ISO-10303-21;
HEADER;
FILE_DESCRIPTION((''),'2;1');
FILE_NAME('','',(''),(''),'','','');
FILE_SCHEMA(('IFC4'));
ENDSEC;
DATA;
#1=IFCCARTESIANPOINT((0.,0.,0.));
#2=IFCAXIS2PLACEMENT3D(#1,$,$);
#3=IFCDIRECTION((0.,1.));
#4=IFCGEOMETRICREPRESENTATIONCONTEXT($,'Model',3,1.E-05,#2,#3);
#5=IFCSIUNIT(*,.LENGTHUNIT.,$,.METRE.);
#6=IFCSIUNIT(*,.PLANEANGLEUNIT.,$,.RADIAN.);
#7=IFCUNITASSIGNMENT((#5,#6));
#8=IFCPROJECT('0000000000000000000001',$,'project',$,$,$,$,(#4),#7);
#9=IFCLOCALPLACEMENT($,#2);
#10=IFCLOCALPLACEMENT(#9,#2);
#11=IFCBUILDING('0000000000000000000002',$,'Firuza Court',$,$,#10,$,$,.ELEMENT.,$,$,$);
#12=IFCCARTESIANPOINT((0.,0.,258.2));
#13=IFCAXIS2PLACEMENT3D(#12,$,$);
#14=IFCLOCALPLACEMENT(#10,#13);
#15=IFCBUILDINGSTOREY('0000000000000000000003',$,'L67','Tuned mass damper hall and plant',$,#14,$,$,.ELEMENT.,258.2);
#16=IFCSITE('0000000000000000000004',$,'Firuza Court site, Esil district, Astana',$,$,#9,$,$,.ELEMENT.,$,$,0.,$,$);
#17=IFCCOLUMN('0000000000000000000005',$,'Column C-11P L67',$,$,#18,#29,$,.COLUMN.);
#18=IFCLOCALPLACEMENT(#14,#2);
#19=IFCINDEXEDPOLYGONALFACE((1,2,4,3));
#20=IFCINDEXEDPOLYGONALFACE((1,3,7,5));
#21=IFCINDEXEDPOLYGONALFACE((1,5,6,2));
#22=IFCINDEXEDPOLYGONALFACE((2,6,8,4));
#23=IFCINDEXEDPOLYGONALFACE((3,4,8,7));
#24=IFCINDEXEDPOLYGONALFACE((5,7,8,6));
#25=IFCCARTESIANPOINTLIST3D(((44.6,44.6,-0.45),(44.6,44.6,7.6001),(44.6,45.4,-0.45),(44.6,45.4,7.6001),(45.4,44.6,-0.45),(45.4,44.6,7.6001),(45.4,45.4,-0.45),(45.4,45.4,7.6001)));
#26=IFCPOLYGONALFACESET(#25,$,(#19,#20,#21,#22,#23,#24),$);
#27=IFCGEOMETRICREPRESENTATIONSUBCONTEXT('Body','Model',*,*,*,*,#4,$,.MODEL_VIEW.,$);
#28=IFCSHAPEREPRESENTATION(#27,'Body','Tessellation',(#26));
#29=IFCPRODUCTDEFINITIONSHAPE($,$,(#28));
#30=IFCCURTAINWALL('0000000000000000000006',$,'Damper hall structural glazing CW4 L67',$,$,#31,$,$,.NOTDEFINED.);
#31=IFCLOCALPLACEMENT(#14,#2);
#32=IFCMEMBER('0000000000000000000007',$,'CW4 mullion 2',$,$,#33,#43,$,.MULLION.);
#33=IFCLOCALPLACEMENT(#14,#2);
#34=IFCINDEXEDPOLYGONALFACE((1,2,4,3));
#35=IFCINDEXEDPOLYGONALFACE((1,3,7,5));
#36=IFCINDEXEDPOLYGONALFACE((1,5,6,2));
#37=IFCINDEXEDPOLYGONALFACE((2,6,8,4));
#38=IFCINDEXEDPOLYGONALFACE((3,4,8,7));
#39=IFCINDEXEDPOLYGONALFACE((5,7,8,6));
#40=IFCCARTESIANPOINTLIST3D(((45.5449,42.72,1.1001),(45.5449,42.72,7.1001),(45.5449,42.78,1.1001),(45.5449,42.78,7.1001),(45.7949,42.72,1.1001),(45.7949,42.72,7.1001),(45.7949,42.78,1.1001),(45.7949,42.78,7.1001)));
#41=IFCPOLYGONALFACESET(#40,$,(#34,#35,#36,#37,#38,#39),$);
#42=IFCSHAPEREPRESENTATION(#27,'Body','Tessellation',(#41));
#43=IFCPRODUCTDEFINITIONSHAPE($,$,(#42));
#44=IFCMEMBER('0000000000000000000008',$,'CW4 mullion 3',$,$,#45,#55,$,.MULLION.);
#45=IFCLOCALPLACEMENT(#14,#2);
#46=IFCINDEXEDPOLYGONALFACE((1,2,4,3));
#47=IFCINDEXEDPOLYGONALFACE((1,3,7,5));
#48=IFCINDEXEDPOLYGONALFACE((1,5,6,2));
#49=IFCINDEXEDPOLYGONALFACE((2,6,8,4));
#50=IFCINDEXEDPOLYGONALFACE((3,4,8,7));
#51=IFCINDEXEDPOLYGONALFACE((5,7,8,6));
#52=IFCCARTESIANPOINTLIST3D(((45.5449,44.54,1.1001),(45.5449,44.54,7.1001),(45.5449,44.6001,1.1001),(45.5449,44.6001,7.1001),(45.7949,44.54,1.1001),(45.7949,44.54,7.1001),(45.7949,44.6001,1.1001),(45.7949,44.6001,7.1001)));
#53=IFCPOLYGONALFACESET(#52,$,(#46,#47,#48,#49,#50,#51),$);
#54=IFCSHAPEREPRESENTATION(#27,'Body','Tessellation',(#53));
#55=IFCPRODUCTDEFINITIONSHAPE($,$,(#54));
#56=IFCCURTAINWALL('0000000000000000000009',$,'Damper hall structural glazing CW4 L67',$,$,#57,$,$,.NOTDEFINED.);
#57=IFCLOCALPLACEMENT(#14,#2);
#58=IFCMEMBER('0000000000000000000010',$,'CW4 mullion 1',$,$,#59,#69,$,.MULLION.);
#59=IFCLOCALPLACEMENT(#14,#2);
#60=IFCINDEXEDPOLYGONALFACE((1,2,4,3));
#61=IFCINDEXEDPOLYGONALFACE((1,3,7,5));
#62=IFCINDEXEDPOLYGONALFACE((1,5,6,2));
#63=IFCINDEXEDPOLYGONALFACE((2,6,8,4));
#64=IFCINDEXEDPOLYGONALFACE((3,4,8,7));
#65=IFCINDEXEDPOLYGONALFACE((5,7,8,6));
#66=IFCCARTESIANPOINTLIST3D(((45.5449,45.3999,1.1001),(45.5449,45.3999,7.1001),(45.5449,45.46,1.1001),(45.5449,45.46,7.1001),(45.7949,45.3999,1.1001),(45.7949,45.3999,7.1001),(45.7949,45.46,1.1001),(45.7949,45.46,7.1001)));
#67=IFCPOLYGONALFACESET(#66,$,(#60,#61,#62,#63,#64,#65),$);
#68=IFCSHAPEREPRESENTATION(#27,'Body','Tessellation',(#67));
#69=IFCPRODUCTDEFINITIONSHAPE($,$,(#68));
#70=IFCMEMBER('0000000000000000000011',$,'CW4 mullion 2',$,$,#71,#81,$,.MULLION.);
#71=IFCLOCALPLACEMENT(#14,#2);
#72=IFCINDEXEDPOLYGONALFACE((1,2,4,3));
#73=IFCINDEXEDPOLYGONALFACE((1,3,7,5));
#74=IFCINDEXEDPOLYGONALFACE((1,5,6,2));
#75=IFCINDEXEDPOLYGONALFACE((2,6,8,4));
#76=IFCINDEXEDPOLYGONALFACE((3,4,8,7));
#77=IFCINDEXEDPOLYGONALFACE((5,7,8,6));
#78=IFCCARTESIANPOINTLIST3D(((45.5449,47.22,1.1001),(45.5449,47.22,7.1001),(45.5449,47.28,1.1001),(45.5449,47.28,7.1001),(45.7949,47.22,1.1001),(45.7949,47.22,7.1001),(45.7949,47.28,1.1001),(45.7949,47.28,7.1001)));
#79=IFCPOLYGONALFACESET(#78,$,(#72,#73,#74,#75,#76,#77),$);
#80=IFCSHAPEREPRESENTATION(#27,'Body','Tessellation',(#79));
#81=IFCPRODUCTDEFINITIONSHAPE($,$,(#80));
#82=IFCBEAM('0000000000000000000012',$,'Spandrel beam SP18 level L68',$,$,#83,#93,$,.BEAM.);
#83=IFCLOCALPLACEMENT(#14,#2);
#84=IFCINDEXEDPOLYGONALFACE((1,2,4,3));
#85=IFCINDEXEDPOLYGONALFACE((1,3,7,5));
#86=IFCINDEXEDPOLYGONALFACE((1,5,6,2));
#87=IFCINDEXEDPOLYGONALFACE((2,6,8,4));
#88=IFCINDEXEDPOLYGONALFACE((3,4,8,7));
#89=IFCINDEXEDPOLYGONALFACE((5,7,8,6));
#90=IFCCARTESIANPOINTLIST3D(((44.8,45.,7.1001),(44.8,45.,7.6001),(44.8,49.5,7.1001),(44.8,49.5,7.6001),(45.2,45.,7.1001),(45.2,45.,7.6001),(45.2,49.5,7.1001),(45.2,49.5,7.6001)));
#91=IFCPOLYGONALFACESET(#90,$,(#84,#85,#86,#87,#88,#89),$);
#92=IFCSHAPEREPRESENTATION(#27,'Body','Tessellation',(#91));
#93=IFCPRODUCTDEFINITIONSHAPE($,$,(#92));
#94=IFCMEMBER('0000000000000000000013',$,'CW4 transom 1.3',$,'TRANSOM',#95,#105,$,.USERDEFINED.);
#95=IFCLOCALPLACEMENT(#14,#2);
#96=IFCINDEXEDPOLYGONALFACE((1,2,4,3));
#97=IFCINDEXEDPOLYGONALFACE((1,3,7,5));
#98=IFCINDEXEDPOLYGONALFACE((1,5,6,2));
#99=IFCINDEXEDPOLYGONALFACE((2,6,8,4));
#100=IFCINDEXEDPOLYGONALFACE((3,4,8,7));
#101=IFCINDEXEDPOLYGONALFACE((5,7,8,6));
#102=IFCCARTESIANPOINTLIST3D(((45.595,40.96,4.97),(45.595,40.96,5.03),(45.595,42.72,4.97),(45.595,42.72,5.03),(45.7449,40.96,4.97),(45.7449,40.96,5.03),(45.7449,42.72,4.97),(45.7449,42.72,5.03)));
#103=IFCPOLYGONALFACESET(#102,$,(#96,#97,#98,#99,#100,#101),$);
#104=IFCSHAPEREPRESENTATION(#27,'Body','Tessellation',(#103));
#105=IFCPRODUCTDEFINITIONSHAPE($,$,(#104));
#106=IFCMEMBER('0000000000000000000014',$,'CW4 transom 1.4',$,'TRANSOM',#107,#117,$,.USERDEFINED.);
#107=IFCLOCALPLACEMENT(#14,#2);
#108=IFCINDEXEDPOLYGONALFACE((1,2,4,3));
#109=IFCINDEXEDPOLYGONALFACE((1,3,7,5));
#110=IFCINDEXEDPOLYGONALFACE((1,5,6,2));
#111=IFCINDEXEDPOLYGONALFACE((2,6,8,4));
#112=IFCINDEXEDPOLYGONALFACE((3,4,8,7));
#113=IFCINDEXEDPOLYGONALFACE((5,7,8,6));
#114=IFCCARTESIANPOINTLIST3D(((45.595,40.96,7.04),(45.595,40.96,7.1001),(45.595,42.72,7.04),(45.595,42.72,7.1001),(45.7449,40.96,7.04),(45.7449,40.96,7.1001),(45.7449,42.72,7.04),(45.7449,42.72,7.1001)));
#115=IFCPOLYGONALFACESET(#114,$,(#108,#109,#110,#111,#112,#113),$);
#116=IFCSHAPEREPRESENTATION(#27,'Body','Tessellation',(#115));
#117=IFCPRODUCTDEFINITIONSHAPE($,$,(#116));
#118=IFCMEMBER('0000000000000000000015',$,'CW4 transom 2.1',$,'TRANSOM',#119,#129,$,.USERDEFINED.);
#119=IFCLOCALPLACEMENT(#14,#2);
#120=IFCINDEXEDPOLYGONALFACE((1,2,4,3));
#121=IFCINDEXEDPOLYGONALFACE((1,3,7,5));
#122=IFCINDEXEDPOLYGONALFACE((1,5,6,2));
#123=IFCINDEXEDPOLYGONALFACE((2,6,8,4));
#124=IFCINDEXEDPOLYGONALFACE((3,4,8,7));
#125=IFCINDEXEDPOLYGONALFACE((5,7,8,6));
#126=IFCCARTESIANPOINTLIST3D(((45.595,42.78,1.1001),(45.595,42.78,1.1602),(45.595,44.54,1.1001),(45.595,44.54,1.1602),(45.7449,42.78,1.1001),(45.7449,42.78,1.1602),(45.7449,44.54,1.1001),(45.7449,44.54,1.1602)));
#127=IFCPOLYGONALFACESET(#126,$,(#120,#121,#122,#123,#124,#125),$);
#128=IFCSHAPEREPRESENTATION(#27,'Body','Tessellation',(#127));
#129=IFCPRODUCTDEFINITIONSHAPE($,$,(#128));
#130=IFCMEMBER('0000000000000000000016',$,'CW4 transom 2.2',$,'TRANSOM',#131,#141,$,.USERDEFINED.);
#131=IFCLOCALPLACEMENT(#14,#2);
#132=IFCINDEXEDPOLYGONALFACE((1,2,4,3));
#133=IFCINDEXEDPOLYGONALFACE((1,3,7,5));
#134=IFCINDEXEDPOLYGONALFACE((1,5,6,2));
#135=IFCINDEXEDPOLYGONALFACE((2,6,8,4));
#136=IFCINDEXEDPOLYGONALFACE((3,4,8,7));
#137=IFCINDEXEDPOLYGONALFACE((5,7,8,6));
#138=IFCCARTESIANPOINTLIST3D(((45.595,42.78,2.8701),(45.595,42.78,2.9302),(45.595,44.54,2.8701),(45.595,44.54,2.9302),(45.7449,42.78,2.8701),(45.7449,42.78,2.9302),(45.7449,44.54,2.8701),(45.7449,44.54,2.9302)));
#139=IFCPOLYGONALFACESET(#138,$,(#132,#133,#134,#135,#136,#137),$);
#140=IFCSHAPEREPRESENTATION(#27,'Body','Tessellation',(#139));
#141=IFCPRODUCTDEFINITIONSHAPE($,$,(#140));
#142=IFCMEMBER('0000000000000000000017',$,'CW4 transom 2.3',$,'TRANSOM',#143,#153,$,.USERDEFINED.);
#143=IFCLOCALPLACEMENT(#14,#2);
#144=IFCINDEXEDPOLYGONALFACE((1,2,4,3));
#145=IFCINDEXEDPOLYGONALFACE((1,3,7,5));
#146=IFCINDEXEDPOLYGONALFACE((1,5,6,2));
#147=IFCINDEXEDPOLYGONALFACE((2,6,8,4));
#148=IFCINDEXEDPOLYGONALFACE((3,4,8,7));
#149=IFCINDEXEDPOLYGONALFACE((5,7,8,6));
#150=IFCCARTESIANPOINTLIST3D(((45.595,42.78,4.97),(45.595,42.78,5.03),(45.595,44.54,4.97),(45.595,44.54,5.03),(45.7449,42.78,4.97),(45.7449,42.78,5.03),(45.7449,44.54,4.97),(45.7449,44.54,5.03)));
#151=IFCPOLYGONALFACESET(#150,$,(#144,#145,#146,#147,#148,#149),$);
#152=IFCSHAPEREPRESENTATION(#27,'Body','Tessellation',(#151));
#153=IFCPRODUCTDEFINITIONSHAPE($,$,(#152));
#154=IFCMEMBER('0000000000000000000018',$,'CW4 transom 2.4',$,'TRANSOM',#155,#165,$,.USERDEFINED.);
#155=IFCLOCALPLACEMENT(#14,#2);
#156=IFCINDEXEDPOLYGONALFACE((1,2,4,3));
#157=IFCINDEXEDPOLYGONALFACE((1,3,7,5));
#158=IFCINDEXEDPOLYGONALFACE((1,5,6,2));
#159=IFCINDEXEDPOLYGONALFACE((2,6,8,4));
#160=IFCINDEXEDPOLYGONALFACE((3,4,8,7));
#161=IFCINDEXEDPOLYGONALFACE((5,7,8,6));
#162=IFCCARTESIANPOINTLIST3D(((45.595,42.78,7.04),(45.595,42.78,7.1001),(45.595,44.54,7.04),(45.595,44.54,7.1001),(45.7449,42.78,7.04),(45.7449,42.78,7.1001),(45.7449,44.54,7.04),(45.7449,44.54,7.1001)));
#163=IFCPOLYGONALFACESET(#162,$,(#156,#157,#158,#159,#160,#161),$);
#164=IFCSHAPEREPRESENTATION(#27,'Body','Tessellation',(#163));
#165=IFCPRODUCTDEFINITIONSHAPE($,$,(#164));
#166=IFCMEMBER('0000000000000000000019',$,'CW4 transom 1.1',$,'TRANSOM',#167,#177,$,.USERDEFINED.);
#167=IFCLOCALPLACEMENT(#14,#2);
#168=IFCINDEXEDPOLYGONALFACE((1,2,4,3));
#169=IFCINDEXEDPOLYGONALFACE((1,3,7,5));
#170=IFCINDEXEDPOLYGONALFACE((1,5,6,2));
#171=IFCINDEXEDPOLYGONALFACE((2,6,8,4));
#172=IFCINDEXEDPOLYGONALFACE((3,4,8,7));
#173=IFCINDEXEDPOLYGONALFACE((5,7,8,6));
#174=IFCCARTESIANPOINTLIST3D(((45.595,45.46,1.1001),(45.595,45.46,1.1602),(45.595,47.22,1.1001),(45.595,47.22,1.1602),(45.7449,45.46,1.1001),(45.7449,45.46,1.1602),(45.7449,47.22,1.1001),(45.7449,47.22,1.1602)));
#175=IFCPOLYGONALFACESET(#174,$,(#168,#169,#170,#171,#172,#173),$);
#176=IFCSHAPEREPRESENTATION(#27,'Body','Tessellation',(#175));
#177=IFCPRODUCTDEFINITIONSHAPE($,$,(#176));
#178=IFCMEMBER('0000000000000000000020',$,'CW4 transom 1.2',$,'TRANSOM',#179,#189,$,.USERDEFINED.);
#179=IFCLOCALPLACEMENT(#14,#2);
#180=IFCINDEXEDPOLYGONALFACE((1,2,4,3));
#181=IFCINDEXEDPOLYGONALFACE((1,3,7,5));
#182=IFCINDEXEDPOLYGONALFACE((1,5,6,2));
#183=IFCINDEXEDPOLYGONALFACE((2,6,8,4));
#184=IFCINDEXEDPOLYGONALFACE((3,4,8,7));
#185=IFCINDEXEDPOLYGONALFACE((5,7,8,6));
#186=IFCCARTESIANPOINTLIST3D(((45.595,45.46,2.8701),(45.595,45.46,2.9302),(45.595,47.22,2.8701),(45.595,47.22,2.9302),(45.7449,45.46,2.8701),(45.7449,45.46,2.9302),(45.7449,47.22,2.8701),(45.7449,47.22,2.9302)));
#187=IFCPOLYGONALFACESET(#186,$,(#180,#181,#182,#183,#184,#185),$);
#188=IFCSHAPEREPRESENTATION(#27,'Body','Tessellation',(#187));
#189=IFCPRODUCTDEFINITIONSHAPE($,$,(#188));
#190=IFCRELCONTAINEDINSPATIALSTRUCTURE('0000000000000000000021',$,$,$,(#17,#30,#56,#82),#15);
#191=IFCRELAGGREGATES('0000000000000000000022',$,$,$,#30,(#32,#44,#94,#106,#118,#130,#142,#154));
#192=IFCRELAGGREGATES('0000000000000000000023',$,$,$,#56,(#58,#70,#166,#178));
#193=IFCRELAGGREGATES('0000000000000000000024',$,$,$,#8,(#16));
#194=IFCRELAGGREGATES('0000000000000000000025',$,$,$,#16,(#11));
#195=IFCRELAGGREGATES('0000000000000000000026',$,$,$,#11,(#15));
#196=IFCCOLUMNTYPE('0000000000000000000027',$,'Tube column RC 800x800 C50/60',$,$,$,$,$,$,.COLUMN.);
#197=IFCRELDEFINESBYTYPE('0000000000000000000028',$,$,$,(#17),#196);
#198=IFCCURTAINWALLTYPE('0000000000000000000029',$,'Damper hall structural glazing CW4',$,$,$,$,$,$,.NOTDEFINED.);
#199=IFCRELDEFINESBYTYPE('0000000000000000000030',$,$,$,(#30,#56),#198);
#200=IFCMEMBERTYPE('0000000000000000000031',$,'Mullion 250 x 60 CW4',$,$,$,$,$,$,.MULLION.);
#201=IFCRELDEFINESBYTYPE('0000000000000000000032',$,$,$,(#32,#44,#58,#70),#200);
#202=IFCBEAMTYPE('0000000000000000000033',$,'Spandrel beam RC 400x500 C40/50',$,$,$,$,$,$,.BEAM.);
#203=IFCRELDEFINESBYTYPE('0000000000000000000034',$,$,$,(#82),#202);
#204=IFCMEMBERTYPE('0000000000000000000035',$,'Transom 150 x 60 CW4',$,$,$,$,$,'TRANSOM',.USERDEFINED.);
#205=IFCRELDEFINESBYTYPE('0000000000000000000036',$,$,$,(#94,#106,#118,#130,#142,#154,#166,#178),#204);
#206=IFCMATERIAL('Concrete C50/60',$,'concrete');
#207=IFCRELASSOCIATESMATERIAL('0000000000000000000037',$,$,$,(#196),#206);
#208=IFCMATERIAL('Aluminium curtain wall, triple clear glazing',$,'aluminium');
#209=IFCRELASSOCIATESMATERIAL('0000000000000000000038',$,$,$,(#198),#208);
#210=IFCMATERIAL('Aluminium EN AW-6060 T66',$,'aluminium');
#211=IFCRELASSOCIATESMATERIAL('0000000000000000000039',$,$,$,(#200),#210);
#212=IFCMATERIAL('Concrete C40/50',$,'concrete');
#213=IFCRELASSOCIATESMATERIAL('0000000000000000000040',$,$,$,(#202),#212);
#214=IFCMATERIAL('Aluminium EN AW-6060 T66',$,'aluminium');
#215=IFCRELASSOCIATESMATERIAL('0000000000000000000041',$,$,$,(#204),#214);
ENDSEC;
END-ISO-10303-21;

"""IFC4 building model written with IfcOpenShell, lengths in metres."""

from ifc_helpers import new_model, si_unit, direction, frame, origin, origin_2d, place, context, subcontext, project, spatial, rectangle, extrude, material, material_profile, profile_set, type_object, element, aggregate, save


model = new_model("IFC4")

# Units and contexts
model_context = context("Model", 3, precision=1e-05, world=origin(), true_north=direction((0.0, 1.0)))
body_context = subcontext(model_context, "Body", "Model", "MODEL_VIEW")
ifc_project = project(units=[si_unit("LENGTHUNIT", "METRE"), si_unit("PLANEANGLEUNIT", "RADIAN")], contexts=[model_context])

# Site, building, storey
site_placement = place(None, origin())
site = spatial("IfcSite", under=ifc_project, at=site_placement, Name="Firuza Court site, Esil district, Astana", CompositionType="ELEMENT", RefElevation=0.0)
building_placement = place(site_placement, origin())
building = spatial("IfcBuilding", under=site, at=building_placement, Name="Firuza Court", CompositionType="ELEMENT")
storey_placement = place(building_placement, frame((0.0, 0.0, 258.2)))
storey = spatial("IfcBuildingStorey", under=building, at=storey_placement, Name="L67", Description="Tuned mass damper hall and plant", CompositionType="ELEMENT", Elevation=258.2)

# Column
ifc_material_1 = material(Name="Concrete C50/60", Category="concrete")
ifc_material_profile_1 = material_profile(ifc_material_1, rectangle(XDim=0.8, YDim=0.8, at=origin_2d()), Name="RC 800x800")
ifc_profile_set_1 = profile_set([ifc_material_profile_1], Name="Concrete C50/60")
column_type = type_object("IfcColumnType", Name="Tube column RC 800x800 C50/60", PredefinedType="COLUMN", material=ifc_profile_set_1)
column_placement = place(storey_placement, frame((45.0, 45.0, -0.45), z_axis=(0.0, 0.0, 1.0), x_axis=(1.0, 0.0, 0.0)))
element("IfcColumn", 1, at=column_placement, inside=storey, type_object=column_type, Name="Column C-11P L67", PredefinedType="COLUMN", context=body_context, shape_type="SweptSolid", body=[
    extrude(rectangle(XDim=0.8, YDim=0.8, at=origin_2d()), origin(), (0.0, 0.0, 1.0), 8.05),
])

# Curtain walls, members
ifc_material_2 = material(Name="Aluminium curtain wall, triple clear glazing", Category="aluminium")
curtain_wall_type = type_object("IfcCurtainWallType", Name="Damper hall structural glazing CW4", PredefinedType="NOTDEFINED", material=ifc_material_2)
curtain_wall_1_placement = place(storey_placement, origin())
curtain_wall_1 = element("IfcCurtainWall", 2, at=curtain_wall_1_placement, inside=storey, type_object=curtain_wall_type, Name="Damper hall structural glazing CW4 L67", PredefinedType="NOTDEFINED")
ifc_material_3 = material(Name="Aluminium EN AW-6060 T66", Category="aluminium")
ifc_material_profile_2 = material_profile(ifc_material_3, rectangle(XDim=0.25, YDim=0.0601, at=origin_2d()), Name="Mullion 250 x 60 CW4")
ifc_profile_set_2 = profile_set([ifc_material_profile_2], Name="Aluminium EN AW-6060 T66")
member_type_1 = type_object("IfcMemberType", Name="Mullion 250 x 60 CW4", PredefinedType="MULLION", material=ifc_profile_set_2)
member_1_placement = place(storey_placement, frame((45.6699, 42.75, 1.1001), z_axis=(0.0, 0.0, 1.0), x_axis=(-1.0, 0.0, 0.0)))
member_1 = element("IfcMember", 3, at=member_1_placement, type_object=member_type_1, Name="CW4 mullion 2", PredefinedType="MULLION", context=body_context, shape_type="SweptSolid", body=[
    extrude(rectangle(XDim=0.25, YDim=0.0601, at=origin_2d()), origin(), (0.0, 0.0, 1.0), 6.0),
])
member_2_placement = place(storey_placement, frame((45.6699, 44.5701, 1.1001), z_axis=(0.0, 0.0, 1.0), x_axis=(-1.0, 0.0, 0.0)))
member_2 = element("IfcMember", 4, at=member_2_placement, type_object=member_type_1, Name="CW4 mullion 3", PredefinedType="MULLION", context=body_context, shape_type="SweptSolid", body=[
    extrude(rectangle(XDim=0.25, YDim=0.0601, at=origin_2d()), origin(), (0.0, 0.0, 1.0), 6.0),
])
curtain_wall_2_placement = place(storey_placement, origin())
curtain_wall_2 = element("IfcCurtainWall", 5, at=curtain_wall_2_placement, inside=storey, type_object=curtain_wall_type, Name="Damper hall structural glazing CW4 L67", PredefinedType="NOTDEFINED")
member_3_placement = place(storey_placement, frame((45.6699, 45.4299, 1.1001), z_axis=(0.0, 0.0, 1.0), x_axis=(-1.0, 0.0, 0.0)))
member_3 = element("IfcMember", 6, at=member_3_placement, type_object=member_type_1, Name="CW4 mullion 1", PredefinedType="MULLION", context=body_context, shape_type="SweptSolid", body=[
    extrude(rectangle(XDim=0.25, YDim=0.0601, at=origin_2d()), origin(), (0.0, 0.0, 1.0), 6.0),
])
member_4_placement = place(storey_placement, frame((45.6699, 47.25, 1.1001), z_axis=(0.0, 0.0, 1.0), x_axis=(-1.0, 0.0, 0.0)))
member_4 = element("IfcMember", 7, at=member_4_placement, type_object=member_type_1, Name="CW4 mullion 2", PredefinedType="MULLION", context=body_context, shape_type="SweptSolid", body=[
    extrude(rectangle(XDim=0.25, YDim=0.0601, at=origin_2d()), origin(), (0.0, 0.0, 1.0), 6.0),
])

# Beam
ifc_material_4 = material(Name="Concrete C40/50", Category="concrete")
ifc_material_profile_3 = material_profile(ifc_material_4, rectangle(XDim=0.3999, YDim=0.5, at=origin_2d()), Name="RC 400x500")
ifc_profile_set_3 = profile_set([ifc_material_profile_3], Name="Concrete C40/50")
beam_type = type_object("IfcBeamType", Name="Spandrel beam RC 400x500 C40/50", PredefinedType="BEAM", material=ifc_profile_set_3)
beam_placement = place(storey_placement, frame((45.0, 45.0, 7.3501), z_axis=(0.0, 1.0, 0.0), x_axis=(-1.0, 0.0, 0.0)))
element("IfcBeam", 8, at=beam_placement, inside=storey, type_object=beam_type, Name="Spandrel beam SP18 level L68", PredefinedType="BEAM", context=body_context, shape_type="SweptSolid", body=[
    extrude(rectangle(XDim=0.3999, YDim=0.5, at=origin_2d()), origin(), (0.0, 0.0, 1.0), 4.5),
])

# Members
ifc_material_5 = material(Name="Aluminium EN AW-6060 T66", Category="aluminium")
ifc_material_profile_4 = material_profile(ifc_material_5, rectangle(XDim=0.1499, YDim=0.0601, at=origin_2d()), Name="Transom 150 x 60 CW4")
ifc_profile_set_4 = profile_set([ifc_material_profile_4], Name="Aluminium EN AW-6060 T66")
member_type_2 = type_object("IfcMemberType", Name="Transom 150 x 60 CW4", ElementType="TRANSOM", PredefinedType="USERDEFINED", material=ifc_profile_set_4)
member_5_placement = place(storey_placement, frame((45.6699, 40.96, 5.0), z_axis=(0.0, 1.0, 0.0), x_axis=(-1.0, 0.0, 0.0)))
member_5 = element("IfcMember", 9, at=member_5_placement, type_object=member_type_2, Name="CW4 transom 1.3", ObjectType="TRANSOM", PredefinedType="USERDEFINED", context=body_context, shape_type="SweptSolid", body=[
    extrude(rectangle(XDim=0.1499, YDim=0.0601, at=origin_2d()), origin(), (0.0, 0.0, 1.0), 1.76),
])
member_6_placement = place(storey_placement, frame((45.6699, 40.96, 7.0701), z_axis=(0.0, 1.0, 0.0), x_axis=(-1.0, 0.0, 0.0)))
member_6 = element("IfcMember", 10, at=member_6_placement, type_object=member_type_2, Name="CW4 transom 1.4", ObjectType="TRANSOM", PredefinedType="USERDEFINED", context=body_context, shape_type="SweptSolid", body=[
    extrude(rectangle(XDim=0.1499, YDim=0.0601, at=origin_2d()), origin(), (0.0, 0.0, 1.0), 1.76),
])
member_7_placement = place(storey_placement, frame((45.6699, 42.78, 1.1301), z_axis=(0.0, 1.0, 0.0), x_axis=(-1.0, 0.0, 0.0)))
member_7 = element("IfcMember", 11, at=member_7_placement, type_object=member_type_2, Name="CW4 transom 2.1", ObjectType="TRANSOM", PredefinedType="USERDEFINED", context=body_context, shape_type="SweptSolid", body=[
    extrude(rectangle(XDim=0.1499, YDim=0.0601, at=origin_2d()), origin(), (0.0, 0.0, 1.0), 1.76),
])
member_8_placement = place(storey_placement, frame((45.6699, 42.78, 2.9001), z_axis=(0.0, 1.0, 0.0), x_axis=(-1.0, 0.0, 0.0)))
member_8 = element("IfcMember", 12, at=member_8_placement, type_object=member_type_2, Name="CW4 transom 2.2", ObjectType="TRANSOM", PredefinedType="USERDEFINED", context=body_context, shape_type="SweptSolid", body=[
    extrude(rectangle(XDim=0.1499, YDim=0.0601, at=origin_2d()), origin(), (0.0, 0.0, 1.0), 1.76),
])
member_9_placement = place(storey_placement, frame((45.6699, 42.78, 5.0), z_axis=(0.0, 1.0, 0.0), x_axis=(-1.0, 0.0, 0.0)))
member_9 = element("IfcMember", 13, at=member_9_placement, type_object=member_type_2, Name="CW4 transom 2.3", ObjectType="TRANSOM", PredefinedType="USERDEFINED", context=body_context, shape_type="SweptSolid", body=[
    extrude(rectangle(XDim=0.1499, YDim=0.0601, at=origin_2d()), origin(), (0.0, 0.0, 1.0), 1.76),
])
member_10_placement = place(storey_placement, frame((45.6699, 42.78, 7.0701), z_axis=(0.0, 1.0, 0.0), x_axis=(-1.0, 0.0, 0.0)))
member_10 = element("IfcMember", 14, at=member_10_placement, type_object=member_type_2, Name="CW4 transom 2.4", ObjectType="TRANSOM", PredefinedType="USERDEFINED", context=body_context, shape_type="SweptSolid", body=[
    extrude(rectangle(XDim=0.1499, YDim=0.0601, at=origin_2d()), origin(), (0.0, 0.0, 1.0), 1.76),
])
member_11_placement = place(storey_placement, frame((45.6699, 45.46, 1.1301), z_axis=(0.0, 1.0, 0.0), x_axis=(-1.0, 0.0, 0.0)))
member_11 = element("IfcMember", 15, at=member_11_placement, type_object=member_type_2, Name="CW4 transom 1.1", ObjectType="TRANSOM", PredefinedType="USERDEFINED", context=body_context, shape_type="SweptSolid", body=[
    extrude(rectangle(XDim=0.1499, YDim=0.0601, at=origin_2d()), origin(), (0.0, 0.0, 1.0), 1.76),
])
member_12_placement = place(storey_placement, frame((45.6699, 45.46, 2.9001), z_axis=(0.0, 1.0, 0.0), x_axis=(-1.0, 0.0, 0.0)))
member_12 = element("IfcMember", 16, at=member_12_placement, type_object=member_type_2, Name="CW4 transom 1.2", ObjectType="TRANSOM", PredefinedType="USERDEFINED", context=body_context, shape_type="SweptSolid", body=[
    extrude(rectangle(XDim=0.1499, YDim=0.0601, at=origin_2d()), origin(), (0.0, 0.0, 1.0), 1.76),
])

aggregate(curtain_wall_1, [member_1, member_2, member_5, member_6, member_7, member_8, member_9, member_10])
aggregate(curtain_wall_2, [member_3, member_4, member_11, member_12])

save(model, "model.ifc")
